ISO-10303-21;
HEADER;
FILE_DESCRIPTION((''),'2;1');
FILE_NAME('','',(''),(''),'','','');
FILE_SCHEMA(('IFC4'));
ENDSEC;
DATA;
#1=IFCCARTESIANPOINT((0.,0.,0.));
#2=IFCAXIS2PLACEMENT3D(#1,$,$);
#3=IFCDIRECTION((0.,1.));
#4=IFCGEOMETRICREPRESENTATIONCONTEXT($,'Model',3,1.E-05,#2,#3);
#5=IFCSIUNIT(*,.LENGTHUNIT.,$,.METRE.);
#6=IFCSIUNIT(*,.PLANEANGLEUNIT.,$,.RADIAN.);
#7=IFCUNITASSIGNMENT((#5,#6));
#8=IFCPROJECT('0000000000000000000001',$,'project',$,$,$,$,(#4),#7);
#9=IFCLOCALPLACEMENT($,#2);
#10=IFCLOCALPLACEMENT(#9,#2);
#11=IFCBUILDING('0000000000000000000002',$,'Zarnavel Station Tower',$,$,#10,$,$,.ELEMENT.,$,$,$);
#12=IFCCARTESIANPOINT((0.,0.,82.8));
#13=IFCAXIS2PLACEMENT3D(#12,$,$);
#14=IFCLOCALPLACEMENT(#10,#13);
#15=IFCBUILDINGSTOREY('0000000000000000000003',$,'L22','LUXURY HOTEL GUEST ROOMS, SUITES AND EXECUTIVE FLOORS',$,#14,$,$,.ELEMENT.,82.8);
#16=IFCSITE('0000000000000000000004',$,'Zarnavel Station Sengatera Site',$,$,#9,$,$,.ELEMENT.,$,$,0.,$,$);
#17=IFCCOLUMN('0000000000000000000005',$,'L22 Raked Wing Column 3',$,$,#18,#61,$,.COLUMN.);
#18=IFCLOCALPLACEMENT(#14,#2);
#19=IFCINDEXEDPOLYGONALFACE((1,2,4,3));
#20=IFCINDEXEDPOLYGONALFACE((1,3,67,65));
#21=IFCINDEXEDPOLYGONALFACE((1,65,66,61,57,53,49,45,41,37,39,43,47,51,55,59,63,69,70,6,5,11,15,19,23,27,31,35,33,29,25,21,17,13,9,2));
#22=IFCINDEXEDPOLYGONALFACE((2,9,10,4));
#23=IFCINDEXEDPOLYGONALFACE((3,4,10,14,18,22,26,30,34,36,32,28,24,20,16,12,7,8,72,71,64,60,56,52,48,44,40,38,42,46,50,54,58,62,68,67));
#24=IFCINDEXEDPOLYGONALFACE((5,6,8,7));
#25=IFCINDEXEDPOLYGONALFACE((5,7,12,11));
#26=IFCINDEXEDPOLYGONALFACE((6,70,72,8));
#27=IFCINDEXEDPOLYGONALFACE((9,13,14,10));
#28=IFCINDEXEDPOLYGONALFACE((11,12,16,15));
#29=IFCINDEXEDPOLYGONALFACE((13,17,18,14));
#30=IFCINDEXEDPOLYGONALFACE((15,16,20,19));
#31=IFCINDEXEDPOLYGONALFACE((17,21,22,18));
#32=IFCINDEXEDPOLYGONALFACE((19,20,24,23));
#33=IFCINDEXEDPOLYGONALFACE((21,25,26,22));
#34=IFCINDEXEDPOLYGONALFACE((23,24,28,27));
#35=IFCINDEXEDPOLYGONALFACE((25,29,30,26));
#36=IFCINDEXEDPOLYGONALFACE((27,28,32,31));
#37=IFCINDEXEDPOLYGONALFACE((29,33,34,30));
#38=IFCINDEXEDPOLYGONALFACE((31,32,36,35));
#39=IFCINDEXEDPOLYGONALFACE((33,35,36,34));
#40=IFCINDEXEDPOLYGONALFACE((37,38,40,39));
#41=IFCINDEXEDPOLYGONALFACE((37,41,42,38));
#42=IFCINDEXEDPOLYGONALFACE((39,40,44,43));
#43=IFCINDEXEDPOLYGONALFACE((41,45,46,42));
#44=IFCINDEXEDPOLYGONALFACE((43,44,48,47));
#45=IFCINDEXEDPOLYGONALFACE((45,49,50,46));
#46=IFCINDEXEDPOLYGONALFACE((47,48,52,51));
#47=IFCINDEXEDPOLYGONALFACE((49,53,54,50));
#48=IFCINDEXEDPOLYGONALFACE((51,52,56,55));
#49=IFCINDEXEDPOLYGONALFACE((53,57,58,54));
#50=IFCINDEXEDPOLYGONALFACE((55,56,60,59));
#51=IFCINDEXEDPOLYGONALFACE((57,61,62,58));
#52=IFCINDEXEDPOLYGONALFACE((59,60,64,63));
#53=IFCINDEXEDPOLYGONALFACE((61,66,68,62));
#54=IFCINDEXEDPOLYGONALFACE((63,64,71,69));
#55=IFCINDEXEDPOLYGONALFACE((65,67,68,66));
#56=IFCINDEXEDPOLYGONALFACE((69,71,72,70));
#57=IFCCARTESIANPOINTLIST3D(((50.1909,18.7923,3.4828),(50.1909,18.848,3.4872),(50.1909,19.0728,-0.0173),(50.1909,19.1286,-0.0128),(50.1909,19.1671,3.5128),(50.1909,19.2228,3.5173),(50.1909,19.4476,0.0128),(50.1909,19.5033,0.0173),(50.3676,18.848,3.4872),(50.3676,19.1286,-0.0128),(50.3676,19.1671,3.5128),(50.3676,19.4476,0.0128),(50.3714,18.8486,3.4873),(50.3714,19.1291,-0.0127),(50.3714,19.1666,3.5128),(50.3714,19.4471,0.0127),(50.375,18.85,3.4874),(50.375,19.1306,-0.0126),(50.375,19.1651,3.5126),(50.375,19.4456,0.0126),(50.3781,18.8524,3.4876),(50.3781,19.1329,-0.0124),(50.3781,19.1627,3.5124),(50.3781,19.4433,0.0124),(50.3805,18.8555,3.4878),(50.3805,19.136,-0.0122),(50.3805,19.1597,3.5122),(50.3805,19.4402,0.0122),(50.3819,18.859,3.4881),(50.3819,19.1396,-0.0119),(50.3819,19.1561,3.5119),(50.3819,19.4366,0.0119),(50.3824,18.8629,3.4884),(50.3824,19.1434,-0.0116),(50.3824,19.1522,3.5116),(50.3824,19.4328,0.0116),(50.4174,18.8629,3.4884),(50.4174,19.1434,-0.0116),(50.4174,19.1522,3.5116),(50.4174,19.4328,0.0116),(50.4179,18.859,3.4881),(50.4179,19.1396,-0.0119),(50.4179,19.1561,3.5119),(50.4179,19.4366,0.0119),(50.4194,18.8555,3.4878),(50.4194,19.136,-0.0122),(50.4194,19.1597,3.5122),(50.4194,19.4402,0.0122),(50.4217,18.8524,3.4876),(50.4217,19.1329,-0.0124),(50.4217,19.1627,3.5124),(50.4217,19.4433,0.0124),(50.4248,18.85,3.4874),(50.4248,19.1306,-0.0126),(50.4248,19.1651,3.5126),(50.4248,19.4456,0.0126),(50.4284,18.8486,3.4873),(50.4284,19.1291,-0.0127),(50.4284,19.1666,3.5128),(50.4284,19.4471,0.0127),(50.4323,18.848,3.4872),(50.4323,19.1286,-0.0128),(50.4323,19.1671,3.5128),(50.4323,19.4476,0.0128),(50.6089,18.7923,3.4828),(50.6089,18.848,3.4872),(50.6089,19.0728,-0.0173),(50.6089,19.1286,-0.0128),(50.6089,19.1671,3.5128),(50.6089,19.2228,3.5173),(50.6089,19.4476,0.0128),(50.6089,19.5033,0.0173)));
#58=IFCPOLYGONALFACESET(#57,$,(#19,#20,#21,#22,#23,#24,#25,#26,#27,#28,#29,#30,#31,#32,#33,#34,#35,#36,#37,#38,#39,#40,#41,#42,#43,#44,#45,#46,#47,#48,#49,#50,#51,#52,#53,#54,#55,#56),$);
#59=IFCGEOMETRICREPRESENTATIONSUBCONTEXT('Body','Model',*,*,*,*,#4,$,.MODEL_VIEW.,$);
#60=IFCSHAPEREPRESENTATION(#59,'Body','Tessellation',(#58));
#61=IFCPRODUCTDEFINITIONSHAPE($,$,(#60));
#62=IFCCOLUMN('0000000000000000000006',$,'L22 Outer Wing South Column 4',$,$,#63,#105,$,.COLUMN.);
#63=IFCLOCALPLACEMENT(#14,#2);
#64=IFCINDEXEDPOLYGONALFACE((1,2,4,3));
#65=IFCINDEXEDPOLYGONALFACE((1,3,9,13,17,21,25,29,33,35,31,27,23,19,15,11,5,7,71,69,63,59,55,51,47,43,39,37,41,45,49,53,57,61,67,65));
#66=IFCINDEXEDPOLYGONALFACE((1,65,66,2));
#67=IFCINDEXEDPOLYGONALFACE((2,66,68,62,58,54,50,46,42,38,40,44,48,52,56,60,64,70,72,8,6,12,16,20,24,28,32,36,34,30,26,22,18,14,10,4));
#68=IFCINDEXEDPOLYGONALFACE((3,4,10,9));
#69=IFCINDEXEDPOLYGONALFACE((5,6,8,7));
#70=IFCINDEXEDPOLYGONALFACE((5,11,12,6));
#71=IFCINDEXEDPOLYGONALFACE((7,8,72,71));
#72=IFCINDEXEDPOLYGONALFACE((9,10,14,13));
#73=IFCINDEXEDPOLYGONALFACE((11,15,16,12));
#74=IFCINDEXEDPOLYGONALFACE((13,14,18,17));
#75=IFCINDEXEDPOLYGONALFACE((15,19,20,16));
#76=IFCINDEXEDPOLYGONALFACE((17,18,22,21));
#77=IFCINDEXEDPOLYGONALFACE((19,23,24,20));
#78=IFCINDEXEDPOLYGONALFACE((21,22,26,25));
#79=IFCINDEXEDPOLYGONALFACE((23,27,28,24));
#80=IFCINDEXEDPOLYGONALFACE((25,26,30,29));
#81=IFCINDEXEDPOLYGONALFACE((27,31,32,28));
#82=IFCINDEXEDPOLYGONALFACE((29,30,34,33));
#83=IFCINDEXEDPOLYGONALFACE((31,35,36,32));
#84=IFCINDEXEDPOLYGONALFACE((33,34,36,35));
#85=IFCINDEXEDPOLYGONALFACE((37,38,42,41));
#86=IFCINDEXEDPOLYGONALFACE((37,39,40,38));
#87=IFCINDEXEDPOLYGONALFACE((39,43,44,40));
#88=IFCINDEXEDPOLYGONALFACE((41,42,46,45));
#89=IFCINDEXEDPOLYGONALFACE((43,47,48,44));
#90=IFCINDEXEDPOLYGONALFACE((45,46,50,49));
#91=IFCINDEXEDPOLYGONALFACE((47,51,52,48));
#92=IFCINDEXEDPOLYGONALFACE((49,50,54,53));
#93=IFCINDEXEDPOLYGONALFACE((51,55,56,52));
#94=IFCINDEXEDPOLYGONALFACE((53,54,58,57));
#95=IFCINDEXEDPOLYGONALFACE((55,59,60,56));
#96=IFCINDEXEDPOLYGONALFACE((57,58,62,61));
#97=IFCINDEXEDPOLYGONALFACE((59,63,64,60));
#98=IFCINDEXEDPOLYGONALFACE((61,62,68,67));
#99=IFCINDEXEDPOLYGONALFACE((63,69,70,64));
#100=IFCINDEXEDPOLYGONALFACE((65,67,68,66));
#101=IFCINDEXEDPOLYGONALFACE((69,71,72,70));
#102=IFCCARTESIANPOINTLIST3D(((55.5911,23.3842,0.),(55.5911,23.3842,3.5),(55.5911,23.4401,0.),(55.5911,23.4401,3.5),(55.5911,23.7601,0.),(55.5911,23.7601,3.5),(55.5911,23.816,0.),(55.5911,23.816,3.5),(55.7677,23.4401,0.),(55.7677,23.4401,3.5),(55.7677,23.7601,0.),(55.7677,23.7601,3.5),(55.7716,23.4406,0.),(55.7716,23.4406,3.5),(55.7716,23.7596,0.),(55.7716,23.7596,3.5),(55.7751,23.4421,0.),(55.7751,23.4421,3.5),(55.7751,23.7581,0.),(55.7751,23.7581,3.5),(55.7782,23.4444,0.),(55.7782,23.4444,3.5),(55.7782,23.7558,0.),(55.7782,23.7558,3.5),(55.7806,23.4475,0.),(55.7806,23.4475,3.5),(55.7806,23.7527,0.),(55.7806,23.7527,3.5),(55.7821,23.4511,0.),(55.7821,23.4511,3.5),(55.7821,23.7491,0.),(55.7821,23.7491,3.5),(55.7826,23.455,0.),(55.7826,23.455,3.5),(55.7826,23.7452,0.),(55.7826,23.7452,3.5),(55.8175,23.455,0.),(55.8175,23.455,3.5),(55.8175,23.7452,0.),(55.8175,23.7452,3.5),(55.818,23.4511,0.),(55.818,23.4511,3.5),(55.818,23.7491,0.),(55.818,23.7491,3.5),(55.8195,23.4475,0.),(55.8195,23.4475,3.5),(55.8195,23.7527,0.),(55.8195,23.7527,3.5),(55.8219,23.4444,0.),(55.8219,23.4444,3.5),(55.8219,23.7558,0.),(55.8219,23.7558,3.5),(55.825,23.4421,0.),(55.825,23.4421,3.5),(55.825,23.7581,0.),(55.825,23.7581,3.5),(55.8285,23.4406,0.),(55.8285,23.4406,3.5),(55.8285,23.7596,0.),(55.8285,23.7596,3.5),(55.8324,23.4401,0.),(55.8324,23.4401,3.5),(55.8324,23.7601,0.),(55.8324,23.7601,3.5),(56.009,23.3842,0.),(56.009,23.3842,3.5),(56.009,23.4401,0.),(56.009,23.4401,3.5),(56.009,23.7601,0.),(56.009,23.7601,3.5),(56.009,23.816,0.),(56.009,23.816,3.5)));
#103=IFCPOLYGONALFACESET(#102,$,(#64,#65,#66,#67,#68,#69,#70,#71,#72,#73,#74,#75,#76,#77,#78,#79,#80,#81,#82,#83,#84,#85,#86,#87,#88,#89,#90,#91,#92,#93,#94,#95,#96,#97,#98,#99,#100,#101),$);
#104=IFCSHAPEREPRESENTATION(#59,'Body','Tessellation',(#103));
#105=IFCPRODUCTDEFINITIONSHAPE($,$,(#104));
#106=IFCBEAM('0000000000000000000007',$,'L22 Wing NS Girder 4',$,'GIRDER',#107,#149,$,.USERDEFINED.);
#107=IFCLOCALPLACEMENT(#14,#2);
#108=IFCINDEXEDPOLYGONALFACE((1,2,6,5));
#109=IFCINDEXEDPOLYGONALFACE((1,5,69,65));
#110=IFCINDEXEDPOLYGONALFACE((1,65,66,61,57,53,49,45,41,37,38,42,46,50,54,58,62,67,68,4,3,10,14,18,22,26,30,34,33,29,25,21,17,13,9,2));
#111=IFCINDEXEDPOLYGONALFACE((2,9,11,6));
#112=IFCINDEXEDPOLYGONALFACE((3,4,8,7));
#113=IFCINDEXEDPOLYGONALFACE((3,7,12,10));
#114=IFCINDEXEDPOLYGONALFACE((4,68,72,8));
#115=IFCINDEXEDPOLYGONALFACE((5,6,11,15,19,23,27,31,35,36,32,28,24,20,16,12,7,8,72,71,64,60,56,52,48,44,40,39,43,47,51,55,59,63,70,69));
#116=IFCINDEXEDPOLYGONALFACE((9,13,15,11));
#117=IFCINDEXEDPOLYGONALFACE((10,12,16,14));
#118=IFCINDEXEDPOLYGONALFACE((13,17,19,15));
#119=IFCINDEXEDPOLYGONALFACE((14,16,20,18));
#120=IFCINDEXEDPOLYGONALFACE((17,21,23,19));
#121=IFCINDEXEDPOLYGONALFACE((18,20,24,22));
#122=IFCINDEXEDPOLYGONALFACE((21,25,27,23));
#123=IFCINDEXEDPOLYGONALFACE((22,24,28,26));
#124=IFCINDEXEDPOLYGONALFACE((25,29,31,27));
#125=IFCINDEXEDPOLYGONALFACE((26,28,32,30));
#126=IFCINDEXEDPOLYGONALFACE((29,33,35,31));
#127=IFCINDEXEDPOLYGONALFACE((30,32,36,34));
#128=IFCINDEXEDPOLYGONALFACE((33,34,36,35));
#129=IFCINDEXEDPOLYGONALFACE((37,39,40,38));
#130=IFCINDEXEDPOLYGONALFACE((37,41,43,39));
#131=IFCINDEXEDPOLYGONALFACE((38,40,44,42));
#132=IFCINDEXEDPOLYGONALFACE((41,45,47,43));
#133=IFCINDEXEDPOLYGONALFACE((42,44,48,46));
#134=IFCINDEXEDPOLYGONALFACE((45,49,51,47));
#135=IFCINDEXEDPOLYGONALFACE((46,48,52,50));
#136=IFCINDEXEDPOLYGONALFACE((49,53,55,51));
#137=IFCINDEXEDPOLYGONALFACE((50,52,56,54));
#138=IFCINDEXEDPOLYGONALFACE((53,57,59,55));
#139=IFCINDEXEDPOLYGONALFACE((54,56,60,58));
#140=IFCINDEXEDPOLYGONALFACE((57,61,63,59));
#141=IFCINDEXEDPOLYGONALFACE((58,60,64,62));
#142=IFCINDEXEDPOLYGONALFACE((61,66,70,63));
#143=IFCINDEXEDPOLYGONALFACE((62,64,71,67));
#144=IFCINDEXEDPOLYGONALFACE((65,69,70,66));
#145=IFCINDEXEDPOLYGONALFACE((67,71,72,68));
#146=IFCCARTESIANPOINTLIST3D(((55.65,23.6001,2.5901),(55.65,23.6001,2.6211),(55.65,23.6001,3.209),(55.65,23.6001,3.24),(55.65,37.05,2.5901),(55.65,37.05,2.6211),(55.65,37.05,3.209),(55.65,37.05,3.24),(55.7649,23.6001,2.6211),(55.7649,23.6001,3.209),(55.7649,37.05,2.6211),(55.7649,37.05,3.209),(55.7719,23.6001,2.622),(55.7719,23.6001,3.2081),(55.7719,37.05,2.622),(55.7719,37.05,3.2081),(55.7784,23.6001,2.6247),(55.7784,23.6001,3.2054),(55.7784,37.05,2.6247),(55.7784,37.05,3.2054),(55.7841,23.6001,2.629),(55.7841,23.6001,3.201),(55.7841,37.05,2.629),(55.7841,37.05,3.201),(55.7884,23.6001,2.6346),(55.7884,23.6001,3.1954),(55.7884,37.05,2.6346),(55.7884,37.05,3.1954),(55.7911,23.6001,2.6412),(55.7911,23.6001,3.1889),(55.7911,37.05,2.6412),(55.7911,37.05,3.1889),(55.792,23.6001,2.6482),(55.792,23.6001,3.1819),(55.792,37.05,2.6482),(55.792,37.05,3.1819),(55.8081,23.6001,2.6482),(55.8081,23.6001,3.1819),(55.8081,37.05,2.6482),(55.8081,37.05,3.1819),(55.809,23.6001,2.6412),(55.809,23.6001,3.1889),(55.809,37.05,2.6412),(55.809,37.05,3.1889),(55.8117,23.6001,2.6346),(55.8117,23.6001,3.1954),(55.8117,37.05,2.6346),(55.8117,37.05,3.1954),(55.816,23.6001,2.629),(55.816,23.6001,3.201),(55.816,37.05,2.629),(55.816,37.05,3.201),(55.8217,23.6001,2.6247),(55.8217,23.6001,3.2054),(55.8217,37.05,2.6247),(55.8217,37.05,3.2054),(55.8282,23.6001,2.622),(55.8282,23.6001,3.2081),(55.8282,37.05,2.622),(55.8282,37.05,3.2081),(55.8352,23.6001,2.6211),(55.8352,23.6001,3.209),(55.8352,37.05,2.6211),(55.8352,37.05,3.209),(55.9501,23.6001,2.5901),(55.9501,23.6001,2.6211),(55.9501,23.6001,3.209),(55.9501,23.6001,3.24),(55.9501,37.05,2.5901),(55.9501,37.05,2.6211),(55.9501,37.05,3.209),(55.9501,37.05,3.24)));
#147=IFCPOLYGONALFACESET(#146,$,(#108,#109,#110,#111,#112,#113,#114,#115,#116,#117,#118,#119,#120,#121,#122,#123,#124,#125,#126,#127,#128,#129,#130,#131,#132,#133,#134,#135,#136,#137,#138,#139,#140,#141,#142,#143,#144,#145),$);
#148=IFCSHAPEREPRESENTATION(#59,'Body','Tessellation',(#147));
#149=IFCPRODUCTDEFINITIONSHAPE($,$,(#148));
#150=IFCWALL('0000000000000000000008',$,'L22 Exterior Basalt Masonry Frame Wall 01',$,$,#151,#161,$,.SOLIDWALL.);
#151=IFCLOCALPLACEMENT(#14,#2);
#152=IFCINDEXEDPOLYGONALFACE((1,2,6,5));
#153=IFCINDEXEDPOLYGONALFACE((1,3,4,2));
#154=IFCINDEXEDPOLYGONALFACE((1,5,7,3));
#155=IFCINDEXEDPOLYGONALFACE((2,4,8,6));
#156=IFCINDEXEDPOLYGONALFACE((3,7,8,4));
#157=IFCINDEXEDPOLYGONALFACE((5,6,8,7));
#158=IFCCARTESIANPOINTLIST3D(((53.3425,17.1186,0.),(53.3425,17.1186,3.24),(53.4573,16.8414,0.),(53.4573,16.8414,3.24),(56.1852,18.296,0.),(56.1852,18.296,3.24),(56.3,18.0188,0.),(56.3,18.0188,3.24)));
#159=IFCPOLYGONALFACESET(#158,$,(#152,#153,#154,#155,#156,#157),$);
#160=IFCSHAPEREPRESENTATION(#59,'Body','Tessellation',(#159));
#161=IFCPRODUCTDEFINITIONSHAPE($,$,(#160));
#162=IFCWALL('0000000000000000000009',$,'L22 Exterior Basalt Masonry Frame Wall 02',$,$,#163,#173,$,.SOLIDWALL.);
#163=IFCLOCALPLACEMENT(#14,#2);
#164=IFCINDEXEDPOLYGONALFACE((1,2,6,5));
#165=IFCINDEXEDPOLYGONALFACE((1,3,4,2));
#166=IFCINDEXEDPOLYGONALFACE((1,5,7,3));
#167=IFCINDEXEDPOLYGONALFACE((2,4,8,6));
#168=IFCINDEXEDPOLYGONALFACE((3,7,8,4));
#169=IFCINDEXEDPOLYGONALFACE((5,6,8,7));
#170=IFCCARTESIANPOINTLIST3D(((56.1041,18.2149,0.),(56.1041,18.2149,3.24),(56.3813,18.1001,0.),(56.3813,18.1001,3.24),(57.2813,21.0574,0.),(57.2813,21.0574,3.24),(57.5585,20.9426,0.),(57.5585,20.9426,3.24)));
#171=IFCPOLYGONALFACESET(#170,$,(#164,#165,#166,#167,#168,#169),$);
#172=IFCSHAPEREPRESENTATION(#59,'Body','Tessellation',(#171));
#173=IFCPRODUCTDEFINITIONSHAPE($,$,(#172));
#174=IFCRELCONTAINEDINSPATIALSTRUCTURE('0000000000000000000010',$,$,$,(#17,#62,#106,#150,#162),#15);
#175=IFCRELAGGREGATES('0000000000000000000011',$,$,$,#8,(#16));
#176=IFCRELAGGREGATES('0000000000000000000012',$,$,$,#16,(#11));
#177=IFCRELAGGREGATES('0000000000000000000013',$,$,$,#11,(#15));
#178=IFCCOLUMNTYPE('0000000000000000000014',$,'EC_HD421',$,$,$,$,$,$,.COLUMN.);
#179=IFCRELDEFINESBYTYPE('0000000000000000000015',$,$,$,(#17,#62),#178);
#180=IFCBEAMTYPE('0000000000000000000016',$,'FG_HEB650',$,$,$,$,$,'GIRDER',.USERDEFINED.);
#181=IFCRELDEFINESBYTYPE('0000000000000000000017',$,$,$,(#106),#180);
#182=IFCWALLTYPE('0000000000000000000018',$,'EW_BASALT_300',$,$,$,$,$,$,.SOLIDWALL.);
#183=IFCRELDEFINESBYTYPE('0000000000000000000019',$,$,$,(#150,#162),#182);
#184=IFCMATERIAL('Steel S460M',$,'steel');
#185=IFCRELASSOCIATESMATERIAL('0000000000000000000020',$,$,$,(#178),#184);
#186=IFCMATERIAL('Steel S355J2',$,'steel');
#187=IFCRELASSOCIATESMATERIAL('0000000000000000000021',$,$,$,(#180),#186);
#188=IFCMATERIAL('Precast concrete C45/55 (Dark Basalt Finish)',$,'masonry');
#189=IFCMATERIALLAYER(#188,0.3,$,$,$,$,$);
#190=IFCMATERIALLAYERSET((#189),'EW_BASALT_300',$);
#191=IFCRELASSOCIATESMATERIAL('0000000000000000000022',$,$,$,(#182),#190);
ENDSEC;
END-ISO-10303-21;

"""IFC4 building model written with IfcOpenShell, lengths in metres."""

from ifc_helpers import new_model, si_unit, direction, frame, frame_2d, origin, origin_2d, place, context, subcontext, project, spatial, rectangle, i_section, extrude, material, layer, layer_set, material_profile, profile_set, type_object, element, save


model = new_model("IFC4")

# Units and contexts
model_context = context("Model", 3, precision=1e-05, world=origin(), true_north=direction((0.0, 1.0)))
body_context = subcontext(model_context, "Body", "Model", "MODEL_VIEW")
ifc_project = project(units=[si_unit("LENGTHUNIT", "METRE"), si_unit("PLANEANGLEUNIT", "RADIAN")], contexts=[model_context])

# Site, building, storey
site_placement = place(None, origin())
site = spatial("IfcSite", under=ifc_project, at=site_placement, Name="Zarnavel Station Sengatera Site", CompositionType="ELEMENT", RefElevation=0.0)
building_placement = place(site_placement, origin())
building = spatial("IfcBuilding", under=site, at=building_placement, Name="Zarnavel Station Tower", CompositionType="ELEMENT")
storey_placement = place(building_placement, frame((0.0, 0.0, 82.8)))
storey = spatial("IfcBuildingStorey", under=building, at=storey_placement, Name="L22", Description="LUXURY HOTEL GUEST ROOMS, SUITES AND EXECUTIVE FLOORS", CompositionType="ELEMENT", Elevation=82.8)

# Columns
ifc_material_1 = material(Name="Steel S460M", Category="steel")
ifc_material_profile_1 = material_profile(ifc_material_1, i_section(OverallWidth=0.418, OverallDepth=0.4319, WebThickness=0.0349, FlangeThickness=0.0559, FilletRadius=0.0149, at=origin_2d()), Name="HD400x421")
ifc_profile_set_1 = profile_set([ifc_material_profile_1], Name="Steel S460M")
column_type = type_object("IfcColumnType", Name="EC_HD421", PredefinedType="COLUMN", material=ifc_profile_set_1)
column_1_placement = place(storey_placement, frame((50.3999, 19.2881, 0.0), z_axis=(0.0, -0.079892, 0.996804), x_axis=(1.0, 0.0, 0.0)))
element("IfcColumn", 1, at=column_1_placement, inside=storey, type_object=column_type, Name="L22 Raked Wing Column 3", PredefinedType="COLUMN", context=body_context, shape_type="SweptSolid", body=[
    extrude(i_section(OverallWidth=0.418, OverallDepth=0.4319, WebThickness=0.0349, FlangeThickness=0.0559, FilletRadius=0.0149, at=origin_2d()), origin(), (0.0, 0.0, 1.0), 3.5112),
])
column_2_placement = place(storey_placement, frame((55.8, 23.6001, 0.0), z_axis=(0.0, 0.0, 1.0), x_axis=(1.0, 0.0, 0.0)))
element("IfcColumn", 2, at=column_2_placement, inside=storey, type_object=column_type, Name="L22 Outer Wing South Column 4", PredefinedType="COLUMN", context=body_context, shape_type="SweptSolid", body=[
    extrude(i_section(OverallWidth=0.418, OverallDepth=0.4319, WebThickness=0.0349, FlangeThickness=0.0559, FilletRadius=0.0149, at=origin_2d()), origin(), (0.0, 0.0, 1.0), 3.5),
])

# Beam
ifc_material_2 = material(Name="Steel S355J2", Category="steel")
ifc_material_profile_2 = material_profile(ifc_material_2, i_section(OverallWidth=0.3, OverallDepth=0.6499, WebThickness=0.0161, FlangeThickness=0.031, FilletRadius=0.0271, at=origin_2d()), Name="HEB650")
ifc_profile_set_2 = profile_set([ifc_material_profile_2], Name="Steel S355J2")
beam_type = type_object("IfcBeamType", Name="FG_HEB650", ElementType="GIRDER", PredefinedType="USERDEFINED", material=ifc_profile_set_2)
beam_placement = place(storey_placement, frame((55.8, 23.6001, 2.915), z_axis=(0.0, 1.0, 0.0), x_axis=(-1.0, 0.0, 0.0)))
element("IfcBeam", 3, at=beam_placement, inside=storey, type_object=beam_type, Name="L22 Wing NS Girder 4", ObjectType="GIRDER", PredefinedType="USERDEFINED", context=body_context, shape_type="SweptSolid", body=[
    extrude(i_section(OverallWidth=0.3, OverallDepth=0.6499, WebThickness=0.0161, FlangeThickness=0.031, FilletRadius=0.0271, at=origin_2d()), origin(), (0.0, 0.0, 1.0), 13.45),
])

# Walls
ifc_material_3 = material(Name="Precast concrete C45/55 (Dark Basalt Finish)", Category="masonry")
ifc_layer_1 = layer(ifc_material_3, 0.3)
ifc_layer_set_1 = layer_set([ifc_layer_1], Name="EW_BASALT_300")
wall_type_1 = type_object("IfcWallType", Name="EW_BASALT_300", PredefinedType="SOLIDWALL", material=ifc_layer_set_1)
wall_1_placement = place(storey_placement, frame((56.2427, 18.1575, 0.0), z_axis=(0.0, 0.0, 1.0), x_axis=(-0.923882, -0.382676, 0.0)))
element("IfcWall", 4, at=wall_1_placement, inside=storey, type_object=wall_type_1, Name="L22 Exterior Basalt Masonry Frame Wall 01", PredefinedType="SOLIDWALL", context=body_context, shape_type="SweptSolid", body=[
    extrude(rectangle(XDim=3.0769, YDim=0.3, at=frame_2d((1.5386, 0.0))), origin(), (0.0, 0.0, 1.0), 3.24),
])
wall_2_placement = place(storey_placement, frame((57.4199, 21.0, 0.0), z_axis=(0.0, 0.0, 1.0), x_axis=(-0.382637, -0.923899, 0.0)))
element("IfcWall", 5, at=wall_2_placement, inside=storey, type_object=wall_type_1, Name="L22 Exterior Basalt Masonry Frame Wall 02", PredefinedType="SOLIDWALL", context=body_context, shape_type="SweptSolid", body=[
    extrude(rectangle(XDim=3.0767, YDim=0.3, at=frame_2d((1.5383, 0.0))), origin(), (0.0, 0.0, 1.0), 3.24),
])

save(model, "model.ifc")
